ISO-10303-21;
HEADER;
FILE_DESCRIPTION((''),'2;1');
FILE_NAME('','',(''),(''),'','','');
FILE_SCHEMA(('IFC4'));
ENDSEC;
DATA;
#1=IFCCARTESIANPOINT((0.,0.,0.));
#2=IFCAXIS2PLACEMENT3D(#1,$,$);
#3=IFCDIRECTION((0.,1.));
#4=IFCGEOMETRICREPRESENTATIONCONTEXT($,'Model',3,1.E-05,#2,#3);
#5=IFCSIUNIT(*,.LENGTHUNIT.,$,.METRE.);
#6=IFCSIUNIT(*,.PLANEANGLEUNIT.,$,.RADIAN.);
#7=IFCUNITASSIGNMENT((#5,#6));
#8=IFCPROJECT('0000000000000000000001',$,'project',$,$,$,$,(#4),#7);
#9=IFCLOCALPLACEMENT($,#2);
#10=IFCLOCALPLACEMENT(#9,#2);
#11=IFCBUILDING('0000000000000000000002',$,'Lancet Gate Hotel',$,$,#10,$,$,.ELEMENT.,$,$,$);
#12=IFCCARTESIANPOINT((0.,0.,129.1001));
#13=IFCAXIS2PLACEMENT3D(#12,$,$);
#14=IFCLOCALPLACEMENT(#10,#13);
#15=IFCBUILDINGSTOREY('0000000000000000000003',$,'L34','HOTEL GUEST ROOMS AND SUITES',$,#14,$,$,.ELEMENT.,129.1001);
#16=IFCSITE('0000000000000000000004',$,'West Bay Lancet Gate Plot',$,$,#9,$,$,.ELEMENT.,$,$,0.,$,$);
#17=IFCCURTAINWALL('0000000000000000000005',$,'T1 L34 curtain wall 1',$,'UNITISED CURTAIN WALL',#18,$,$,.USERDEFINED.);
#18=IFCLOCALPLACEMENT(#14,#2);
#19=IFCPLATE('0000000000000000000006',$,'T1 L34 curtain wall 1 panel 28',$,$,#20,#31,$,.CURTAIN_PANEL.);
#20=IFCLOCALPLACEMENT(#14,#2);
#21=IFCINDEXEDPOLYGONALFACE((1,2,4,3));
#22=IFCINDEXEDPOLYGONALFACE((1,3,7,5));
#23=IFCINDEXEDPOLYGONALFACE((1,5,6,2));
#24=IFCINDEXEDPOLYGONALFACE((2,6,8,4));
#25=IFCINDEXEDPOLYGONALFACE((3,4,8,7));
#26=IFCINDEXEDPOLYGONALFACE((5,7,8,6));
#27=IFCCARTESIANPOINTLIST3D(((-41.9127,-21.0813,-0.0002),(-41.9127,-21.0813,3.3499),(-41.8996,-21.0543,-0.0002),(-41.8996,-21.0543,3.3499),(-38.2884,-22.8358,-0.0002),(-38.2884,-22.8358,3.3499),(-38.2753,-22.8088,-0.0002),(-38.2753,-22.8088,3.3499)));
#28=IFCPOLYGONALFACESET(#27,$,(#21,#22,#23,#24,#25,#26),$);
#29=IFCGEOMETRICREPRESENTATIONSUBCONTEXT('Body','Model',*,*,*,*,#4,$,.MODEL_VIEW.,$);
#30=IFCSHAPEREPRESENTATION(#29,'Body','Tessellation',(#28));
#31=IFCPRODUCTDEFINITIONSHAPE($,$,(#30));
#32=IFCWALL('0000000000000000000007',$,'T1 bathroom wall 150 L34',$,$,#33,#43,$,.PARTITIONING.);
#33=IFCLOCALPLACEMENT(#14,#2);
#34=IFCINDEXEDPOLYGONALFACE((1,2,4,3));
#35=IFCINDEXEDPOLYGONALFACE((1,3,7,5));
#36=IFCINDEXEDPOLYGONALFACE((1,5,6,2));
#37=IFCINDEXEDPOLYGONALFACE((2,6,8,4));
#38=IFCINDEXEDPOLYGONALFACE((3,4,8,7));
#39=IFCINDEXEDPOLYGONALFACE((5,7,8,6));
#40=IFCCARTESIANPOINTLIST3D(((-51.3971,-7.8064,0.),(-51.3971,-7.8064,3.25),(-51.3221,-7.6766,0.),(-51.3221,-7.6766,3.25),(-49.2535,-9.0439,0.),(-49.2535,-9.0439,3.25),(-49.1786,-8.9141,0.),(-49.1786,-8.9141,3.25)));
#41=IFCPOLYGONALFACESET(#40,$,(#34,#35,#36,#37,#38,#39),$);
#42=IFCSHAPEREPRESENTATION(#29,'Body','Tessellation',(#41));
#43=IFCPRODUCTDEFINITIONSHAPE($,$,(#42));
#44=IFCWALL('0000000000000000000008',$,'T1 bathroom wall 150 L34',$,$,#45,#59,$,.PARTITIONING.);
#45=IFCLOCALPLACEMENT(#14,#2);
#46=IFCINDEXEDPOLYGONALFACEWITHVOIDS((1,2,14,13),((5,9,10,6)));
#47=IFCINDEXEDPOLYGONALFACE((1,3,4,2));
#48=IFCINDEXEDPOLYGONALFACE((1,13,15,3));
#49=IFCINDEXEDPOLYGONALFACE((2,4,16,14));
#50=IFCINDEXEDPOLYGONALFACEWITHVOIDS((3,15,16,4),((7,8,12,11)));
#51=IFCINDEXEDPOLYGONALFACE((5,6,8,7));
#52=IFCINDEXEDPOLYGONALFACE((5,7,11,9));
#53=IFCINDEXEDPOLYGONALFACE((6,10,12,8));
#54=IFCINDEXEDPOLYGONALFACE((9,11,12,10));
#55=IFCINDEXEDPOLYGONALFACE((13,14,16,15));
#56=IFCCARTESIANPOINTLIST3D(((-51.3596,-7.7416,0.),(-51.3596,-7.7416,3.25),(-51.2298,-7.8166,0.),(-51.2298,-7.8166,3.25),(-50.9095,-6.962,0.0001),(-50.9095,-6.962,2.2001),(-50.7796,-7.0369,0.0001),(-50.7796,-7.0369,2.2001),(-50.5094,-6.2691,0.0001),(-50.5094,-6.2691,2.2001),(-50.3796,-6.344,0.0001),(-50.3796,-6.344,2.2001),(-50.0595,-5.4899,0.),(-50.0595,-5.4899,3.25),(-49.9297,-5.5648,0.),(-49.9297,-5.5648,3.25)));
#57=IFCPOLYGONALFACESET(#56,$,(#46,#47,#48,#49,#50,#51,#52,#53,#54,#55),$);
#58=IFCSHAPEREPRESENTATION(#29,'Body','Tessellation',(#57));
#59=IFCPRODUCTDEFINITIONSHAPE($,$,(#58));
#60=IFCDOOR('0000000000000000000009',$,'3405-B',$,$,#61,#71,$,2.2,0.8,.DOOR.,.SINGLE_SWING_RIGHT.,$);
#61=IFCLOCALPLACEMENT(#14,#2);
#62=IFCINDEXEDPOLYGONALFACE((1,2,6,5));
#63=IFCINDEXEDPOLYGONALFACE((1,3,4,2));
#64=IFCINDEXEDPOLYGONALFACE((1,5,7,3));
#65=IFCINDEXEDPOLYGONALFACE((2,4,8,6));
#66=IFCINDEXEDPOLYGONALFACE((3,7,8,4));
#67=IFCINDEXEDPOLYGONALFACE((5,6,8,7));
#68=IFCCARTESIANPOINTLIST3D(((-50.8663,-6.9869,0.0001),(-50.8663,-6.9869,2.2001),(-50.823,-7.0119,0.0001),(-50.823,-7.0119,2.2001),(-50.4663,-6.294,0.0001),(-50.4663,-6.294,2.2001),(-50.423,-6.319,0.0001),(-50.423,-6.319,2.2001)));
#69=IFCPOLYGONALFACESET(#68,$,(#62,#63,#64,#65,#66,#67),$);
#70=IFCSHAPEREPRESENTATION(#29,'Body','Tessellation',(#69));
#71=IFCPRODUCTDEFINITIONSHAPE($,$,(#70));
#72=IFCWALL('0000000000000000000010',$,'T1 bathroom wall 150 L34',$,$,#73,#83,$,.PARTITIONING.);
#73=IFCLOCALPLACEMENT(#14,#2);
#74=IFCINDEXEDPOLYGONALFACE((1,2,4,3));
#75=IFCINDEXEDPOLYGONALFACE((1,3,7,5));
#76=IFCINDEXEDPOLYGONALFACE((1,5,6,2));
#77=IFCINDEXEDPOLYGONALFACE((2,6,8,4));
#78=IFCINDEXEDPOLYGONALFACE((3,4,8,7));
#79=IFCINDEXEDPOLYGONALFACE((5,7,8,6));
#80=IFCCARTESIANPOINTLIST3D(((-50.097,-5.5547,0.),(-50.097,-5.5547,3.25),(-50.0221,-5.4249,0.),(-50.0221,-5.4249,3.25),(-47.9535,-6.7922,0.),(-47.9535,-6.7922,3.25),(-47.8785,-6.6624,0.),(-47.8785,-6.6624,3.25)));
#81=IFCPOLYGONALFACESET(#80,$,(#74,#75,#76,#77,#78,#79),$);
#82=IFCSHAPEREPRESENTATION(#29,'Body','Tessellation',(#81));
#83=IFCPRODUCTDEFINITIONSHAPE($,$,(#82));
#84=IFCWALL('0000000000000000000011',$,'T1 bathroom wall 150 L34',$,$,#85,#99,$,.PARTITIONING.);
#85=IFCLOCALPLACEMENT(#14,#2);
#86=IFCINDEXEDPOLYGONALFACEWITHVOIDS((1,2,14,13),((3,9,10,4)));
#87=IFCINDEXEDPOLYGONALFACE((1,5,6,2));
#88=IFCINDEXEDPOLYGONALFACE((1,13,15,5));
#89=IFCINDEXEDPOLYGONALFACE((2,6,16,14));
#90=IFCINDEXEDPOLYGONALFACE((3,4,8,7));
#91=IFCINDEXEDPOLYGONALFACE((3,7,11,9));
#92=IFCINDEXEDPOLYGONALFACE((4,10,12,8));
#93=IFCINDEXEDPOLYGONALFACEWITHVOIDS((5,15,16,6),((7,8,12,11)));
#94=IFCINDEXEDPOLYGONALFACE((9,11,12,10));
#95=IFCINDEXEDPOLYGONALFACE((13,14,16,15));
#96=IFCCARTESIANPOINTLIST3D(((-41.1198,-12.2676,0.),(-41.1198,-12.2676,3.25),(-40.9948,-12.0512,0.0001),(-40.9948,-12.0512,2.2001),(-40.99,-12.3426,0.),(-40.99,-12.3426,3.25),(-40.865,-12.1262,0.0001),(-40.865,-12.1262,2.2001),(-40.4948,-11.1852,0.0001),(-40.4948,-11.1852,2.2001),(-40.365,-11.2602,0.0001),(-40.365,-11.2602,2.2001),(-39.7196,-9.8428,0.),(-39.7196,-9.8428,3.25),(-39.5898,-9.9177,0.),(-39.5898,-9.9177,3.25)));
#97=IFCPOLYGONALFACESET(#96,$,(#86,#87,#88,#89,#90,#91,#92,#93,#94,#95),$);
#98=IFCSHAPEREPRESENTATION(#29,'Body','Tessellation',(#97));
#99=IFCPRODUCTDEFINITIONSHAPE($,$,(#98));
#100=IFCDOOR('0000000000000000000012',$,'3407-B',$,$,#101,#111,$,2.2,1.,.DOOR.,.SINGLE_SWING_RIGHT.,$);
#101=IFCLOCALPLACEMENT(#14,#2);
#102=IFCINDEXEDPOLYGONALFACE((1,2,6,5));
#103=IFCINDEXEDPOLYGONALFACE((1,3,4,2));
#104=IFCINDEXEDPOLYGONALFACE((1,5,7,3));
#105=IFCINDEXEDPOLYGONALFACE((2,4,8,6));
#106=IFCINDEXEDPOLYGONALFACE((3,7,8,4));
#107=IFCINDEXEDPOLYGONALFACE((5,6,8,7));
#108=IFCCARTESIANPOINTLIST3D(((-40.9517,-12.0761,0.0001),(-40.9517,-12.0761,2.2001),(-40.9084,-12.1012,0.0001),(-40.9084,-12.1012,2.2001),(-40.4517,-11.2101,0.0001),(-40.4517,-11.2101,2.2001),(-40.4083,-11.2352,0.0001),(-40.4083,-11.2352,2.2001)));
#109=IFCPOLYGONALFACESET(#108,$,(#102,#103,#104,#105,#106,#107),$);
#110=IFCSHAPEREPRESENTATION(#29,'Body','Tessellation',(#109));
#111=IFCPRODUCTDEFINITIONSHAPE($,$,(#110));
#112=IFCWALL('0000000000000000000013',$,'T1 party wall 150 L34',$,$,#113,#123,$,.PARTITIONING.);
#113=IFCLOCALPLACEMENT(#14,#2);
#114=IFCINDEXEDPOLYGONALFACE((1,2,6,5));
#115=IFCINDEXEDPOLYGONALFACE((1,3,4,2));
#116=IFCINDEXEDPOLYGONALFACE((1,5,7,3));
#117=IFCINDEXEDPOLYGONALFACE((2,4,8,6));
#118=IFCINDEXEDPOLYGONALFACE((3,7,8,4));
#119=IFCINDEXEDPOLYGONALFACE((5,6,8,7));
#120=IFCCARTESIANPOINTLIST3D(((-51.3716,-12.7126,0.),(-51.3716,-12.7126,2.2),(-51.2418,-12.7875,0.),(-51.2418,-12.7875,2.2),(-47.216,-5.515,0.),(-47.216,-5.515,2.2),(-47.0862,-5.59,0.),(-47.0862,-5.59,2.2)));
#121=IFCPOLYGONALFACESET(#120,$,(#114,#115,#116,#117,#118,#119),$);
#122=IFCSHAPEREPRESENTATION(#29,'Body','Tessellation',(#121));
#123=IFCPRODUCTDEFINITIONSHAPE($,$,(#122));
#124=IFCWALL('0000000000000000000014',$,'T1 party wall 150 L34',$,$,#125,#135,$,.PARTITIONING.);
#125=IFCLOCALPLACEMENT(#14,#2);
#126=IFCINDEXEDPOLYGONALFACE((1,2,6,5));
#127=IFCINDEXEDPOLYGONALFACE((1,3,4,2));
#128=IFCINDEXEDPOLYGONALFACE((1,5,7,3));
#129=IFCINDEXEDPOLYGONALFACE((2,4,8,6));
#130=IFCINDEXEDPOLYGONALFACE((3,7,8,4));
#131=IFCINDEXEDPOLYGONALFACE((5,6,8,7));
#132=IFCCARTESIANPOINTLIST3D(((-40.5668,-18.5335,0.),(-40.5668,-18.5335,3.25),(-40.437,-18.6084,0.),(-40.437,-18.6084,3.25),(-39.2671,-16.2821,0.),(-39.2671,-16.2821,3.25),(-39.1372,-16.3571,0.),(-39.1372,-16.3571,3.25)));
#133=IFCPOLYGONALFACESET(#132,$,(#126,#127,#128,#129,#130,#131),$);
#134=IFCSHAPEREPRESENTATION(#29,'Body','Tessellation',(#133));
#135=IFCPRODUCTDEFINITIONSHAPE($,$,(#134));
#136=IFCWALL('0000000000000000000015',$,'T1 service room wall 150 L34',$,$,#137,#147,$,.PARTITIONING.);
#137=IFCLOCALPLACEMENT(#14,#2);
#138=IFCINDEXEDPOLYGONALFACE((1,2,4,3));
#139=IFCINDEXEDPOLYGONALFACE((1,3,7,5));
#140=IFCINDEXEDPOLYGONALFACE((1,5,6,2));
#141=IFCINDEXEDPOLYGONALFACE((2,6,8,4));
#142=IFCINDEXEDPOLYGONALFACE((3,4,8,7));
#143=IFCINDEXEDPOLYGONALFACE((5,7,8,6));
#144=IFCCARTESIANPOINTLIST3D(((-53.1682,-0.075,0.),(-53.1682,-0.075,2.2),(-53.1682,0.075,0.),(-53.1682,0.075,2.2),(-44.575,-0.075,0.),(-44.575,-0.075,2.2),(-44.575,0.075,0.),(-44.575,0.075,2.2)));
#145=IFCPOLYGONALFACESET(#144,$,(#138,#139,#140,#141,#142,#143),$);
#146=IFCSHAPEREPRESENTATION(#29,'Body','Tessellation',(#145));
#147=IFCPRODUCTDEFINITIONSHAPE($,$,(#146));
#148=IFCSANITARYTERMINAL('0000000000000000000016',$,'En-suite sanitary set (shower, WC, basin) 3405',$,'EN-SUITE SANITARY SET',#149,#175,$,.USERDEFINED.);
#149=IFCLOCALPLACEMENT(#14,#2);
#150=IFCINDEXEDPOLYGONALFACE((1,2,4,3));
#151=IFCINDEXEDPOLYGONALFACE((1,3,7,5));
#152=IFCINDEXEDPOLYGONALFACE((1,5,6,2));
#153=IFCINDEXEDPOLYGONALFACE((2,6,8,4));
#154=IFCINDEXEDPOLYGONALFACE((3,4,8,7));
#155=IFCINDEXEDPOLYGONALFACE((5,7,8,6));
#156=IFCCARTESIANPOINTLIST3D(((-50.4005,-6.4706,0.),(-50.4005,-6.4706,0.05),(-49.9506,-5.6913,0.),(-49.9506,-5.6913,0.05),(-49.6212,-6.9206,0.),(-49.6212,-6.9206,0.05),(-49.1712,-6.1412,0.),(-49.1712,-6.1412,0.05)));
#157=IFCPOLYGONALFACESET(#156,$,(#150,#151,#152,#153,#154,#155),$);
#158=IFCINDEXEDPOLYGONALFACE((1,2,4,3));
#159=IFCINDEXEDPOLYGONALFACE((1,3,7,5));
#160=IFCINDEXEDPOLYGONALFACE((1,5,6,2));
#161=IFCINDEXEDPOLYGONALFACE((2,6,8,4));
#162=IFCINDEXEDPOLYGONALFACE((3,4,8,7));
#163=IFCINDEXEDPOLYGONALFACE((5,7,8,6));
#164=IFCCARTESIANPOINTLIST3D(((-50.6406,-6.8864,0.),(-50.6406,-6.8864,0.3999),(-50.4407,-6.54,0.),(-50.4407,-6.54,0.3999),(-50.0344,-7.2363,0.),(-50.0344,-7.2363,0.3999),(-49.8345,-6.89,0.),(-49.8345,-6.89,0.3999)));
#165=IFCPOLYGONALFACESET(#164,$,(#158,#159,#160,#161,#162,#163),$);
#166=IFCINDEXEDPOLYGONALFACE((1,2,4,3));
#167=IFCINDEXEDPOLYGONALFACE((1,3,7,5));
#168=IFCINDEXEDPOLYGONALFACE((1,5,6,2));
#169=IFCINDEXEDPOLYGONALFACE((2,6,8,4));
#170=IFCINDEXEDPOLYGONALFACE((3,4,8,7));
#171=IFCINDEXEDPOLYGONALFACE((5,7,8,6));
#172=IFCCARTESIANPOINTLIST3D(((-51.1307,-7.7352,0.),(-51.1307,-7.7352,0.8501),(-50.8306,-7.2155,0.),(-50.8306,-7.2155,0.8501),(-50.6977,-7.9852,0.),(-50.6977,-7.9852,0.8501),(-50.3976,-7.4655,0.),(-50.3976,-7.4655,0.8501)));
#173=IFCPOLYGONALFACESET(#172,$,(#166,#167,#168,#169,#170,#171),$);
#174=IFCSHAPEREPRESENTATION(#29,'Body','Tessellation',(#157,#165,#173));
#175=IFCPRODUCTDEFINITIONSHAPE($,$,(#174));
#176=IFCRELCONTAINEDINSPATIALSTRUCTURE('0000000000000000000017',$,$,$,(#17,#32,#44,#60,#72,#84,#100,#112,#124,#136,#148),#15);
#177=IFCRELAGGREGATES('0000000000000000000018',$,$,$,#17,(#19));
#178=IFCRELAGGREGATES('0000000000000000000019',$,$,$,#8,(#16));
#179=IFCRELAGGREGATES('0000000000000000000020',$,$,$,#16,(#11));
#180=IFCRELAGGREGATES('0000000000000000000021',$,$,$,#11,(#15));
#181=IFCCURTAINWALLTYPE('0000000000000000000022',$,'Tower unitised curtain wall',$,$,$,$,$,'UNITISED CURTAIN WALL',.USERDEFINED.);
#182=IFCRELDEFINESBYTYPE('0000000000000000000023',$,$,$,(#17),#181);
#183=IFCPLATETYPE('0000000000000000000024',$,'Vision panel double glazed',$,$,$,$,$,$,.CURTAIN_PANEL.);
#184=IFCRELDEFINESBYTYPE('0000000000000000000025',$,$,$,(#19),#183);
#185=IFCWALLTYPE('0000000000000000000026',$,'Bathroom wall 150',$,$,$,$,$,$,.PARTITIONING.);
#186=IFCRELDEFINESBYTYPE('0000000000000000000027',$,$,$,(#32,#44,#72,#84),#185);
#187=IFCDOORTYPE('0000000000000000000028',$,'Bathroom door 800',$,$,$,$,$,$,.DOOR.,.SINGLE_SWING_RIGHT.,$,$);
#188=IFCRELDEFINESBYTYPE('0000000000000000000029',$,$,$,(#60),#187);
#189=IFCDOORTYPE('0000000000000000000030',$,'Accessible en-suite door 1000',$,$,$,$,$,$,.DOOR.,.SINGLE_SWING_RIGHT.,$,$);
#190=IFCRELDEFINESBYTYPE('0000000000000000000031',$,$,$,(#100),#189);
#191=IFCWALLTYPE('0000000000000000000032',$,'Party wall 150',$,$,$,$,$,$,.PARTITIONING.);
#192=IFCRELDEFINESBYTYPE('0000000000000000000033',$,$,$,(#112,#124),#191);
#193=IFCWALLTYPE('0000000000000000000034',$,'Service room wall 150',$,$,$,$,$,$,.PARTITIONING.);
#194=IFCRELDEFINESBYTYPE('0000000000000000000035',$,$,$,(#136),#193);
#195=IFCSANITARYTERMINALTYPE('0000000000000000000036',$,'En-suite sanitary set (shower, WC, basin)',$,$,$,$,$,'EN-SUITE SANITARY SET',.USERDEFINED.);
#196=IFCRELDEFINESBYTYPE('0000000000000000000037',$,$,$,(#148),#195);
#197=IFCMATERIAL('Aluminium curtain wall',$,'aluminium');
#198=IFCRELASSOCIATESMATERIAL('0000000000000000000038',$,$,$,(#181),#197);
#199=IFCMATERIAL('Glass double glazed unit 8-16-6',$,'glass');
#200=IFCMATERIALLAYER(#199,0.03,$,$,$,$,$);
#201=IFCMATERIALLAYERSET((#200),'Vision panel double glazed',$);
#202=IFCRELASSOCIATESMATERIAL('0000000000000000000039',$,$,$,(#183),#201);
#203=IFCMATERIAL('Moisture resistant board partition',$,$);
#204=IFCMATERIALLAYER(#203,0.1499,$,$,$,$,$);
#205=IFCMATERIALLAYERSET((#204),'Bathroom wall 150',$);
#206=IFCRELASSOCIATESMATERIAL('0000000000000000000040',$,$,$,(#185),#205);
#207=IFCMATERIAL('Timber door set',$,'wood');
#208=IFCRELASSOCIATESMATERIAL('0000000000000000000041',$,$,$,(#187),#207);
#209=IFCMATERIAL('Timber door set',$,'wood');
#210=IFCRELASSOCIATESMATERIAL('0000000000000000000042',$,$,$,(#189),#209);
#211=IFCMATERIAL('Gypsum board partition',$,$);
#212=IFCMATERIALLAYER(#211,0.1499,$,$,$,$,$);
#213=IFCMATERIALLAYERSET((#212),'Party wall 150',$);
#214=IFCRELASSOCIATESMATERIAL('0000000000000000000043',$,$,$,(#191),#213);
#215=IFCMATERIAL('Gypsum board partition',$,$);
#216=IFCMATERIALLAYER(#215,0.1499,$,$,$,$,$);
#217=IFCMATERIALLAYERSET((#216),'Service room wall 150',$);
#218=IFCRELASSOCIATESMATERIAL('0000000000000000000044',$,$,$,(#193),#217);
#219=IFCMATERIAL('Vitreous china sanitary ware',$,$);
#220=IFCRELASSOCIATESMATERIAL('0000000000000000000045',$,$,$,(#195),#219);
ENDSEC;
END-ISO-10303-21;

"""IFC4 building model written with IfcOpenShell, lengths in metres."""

from ifc_helpers import new_model, si_unit, direction, frame, frame_2d, origin, origin_2d, place, context, subcontext, project, spatial, rectangle, extrude, material, layer, layer_set, type_object, element, fill, aggregate, save


model = new_model("IFC4")

# Units and contexts
model_context = context("Model", 3, precision=1e-05, world=origin(), true_north=direction((0.0, 1.0)))
body_context = subcontext(model_context, "Body", "Model", "MODEL_VIEW")
ifc_project = project(units=[si_unit("LENGTHUNIT", "METRE"), si_unit("PLANEANGLEUNIT", "RADIAN")], contexts=[model_context])

# Site, building, storey
site_placement = place(None, origin())
site = spatial("IfcSite", under=ifc_project, at=site_placement, Name="West Bay Lancet Gate Plot", CompositionType="ELEMENT", RefElevation=0.0)
building_placement = place(site_placement, origin())
building = spatial("IfcBuilding", under=site, at=building_placement, Name="Lancet Gate Hotel", CompositionType="ELEMENT")
storey_placement = place(building_placement, frame((0.0, 0.0, 129.1001)))
storey = spatial("IfcBuildingStorey", under=building, at=storey_placement, Name="L34", Description="HOTEL GUEST ROOMS AND SUITES", CompositionType="ELEMENT", Elevation=129.1001)

# Curtain wall
ifc_material_1 = material(Name="Aluminium curtain wall", Category="aluminium")
curtain_wall_type = type_object("IfcCurtainWallType", Name="Tower unitised curtain wall", ElementType="UNITISED CURTAIN WALL", PredefinedType="USERDEFINED", material=ifc_material_1)
curtain_wall_placement = place(storey_placement, origin())
curtain_wall = element("IfcCurtainWall", 1, at=curtain_wall_placement, inside=storey, type_object=curtain_wall_type, Name="T1 L34 curtain wall 1", ObjectType="UNITISED CURTAIN WALL", PredefinedType="USERDEFINED")

# Plate
ifc_material_2 = material(Name="Glass double glazed unit 8-16-6", Category="glass")
ifc_layer_1 = layer(ifc_material_2, 0.03)
ifc_layer_set_1 = layer_set([ifc_layer_1], Name="Vision panel double glazed")
plate_type = type_object("IfcPlateType", Name="Vision panel double glazed", PredefinedType="CURTAIN_PANEL", material=ifc_layer_set_1)
plate_1_placement = place(storey_placement, frame((-40.094, -21.9451, -0.0002), z_axis=(0.0, 0.0, 1.0), x_axis=(0.900082, -0.435721, 0.0)))
plate_1 = element("IfcPlate", 2, at=plate_1_placement, type_object=plate_type, Name="T1 L34 curtain wall 1 panel 28", PredefinedType="CURTAIN_PANEL", context=body_context, shape_type="SweptSolid", body=[
    extrude(rectangle(XDim=4.0266, YDim=0.03, at=origin_2d()), origin(), (0.0, 0.0, 1.0), 3.3501),
])
aggregate(curtain_wall, [plate_1])

# Wall
ifc_material_3 = material(Name="Moisture resistant board partition")
ifc_layer_2 = layer(ifc_material_3, 0.1499)
ifc_layer_set_2 = layer_set([ifc_layer_2], Name="Bathroom wall 150")
wall_type_1 = type_object("IfcWallType", Name="Bathroom wall 150", PredefinedType="PARTITIONING", material=ifc_layer_set_2)
wall_1_placement = place(storey_placement, frame((-49.2161, -8.979, 0.0), z_axis=(0.0, 0.0, 1.0), x_axis=(-0.866031, 0.49999, 0.0)))
element("IfcWall", 3, at=wall_1_placement, inside=storey, type_object=wall_type_1, Name="T1 bathroom wall 150 L34", PredefinedType="PARTITIONING", context=body_context, shape_type="SweptSolid", body=[
    extrude(rectangle(XDim=2.4751, YDim=0.1499, at=frame_2d((1.2375, 0.0))), origin(), (0.0, 0.0, 1.0), 3.25),
])

# Wall, opening, door
wall_2_placement = place(storey_placement, frame((-49.9946, -5.5273, 0.0), z_axis=(0.0, 0.0, 1.0), x_axis=(-0.500007, -0.866021, 0.0)))
wall_2 = element("IfcWall", 4, at=wall_2_placement, inside=storey, type_object=wall_type_1, Name="T1 bathroom wall 150 L34", PredefinedType="PARTITIONING", context=body_context, shape_type="SweptSolid", body=[
    extrude(rectangle(XDim=2.6001, YDim=0.1499, at=frame_2d((1.3, 0.0))), origin(), (0.0, 0.0, 1.0), 3.25),
])
opening_1_placement = place(wall_2_placement, frame((0.8999, 0.0, 0.0)))
opening_1 = element("IfcOpeningElement", 5, at=opening_1_placement, cuts=wall_2, PredefinedType="OPENING", context=body_context, shape_type="SweptSolid", body=[
    extrude(rectangle(XDim=0.8, YDim=2.2, at=frame_2d((0.3999, 1.1001))), frame((0.0, 0.085, 0.0), z_axis=(0.0, -1.0, 0.0), x_axis=(1.0, 0.0, 0.0)), (0.0, 0.0, 1.0), 0.1699),
])
ifc_material_4 = material(Name="Timber door set", Category="wood")
door_type_1 = type_object("IfcDoorType", Name="Bathroom door 800", OperationType="SINGLE_SWING_RIGHT", PredefinedType="DOOR", material=ifc_material_4)
door_1_placement = place(opening_1_placement, origin())
door_1 = element("IfcDoor", 6, at=door_1_placement, inside=storey, type_object=door_type_1, Name="3405-B", OperationType="SINGLE_SWING_RIGHT", OverallHeight=2.2, OverallWidth=0.8, PredefinedType="DOOR", context=body_context, shape_type="SweptSolid", body=[
    extrude(rectangle(XDim=0.8, YDim=2.2, at=frame_2d((0.3999, 1.1001))), frame((0.0, 0.0249, 0.0), z_axis=(0.0, -1.0, 0.0), x_axis=(1.0, 0.0, 0.0)), (0.0, 0.0, 1.0), 0.05),
])
fill(opening_1, door_1)

# Wall
wall_3_placement = place(storey_placement, frame((-47.916, -6.7273, 0.0), z_axis=(0.0, 0.0, 1.0), x_axis=(-0.866031, 0.49999, 0.0)))
element("IfcWall", 7, at=wall_3_placement, inside=storey, type_object=wall_type_1, Name="T1 bathroom wall 150 L34", PredefinedType="PARTITIONING", context=body_context, shape_type="SweptSolid", body=[
    extrude(rectangle(XDim=2.4751, YDim=0.1499, at=frame_2d((1.2375, 0.0))), origin(), (0.0, 0.0, 1.0), 3.25),
])

# Wall, opening, door
wall_4_placement = place(storey_placement, frame((-39.6548, -9.8804, 0.0), z_axis=(0.0, 0.0, 1.0), x_axis=(-0.50005, -0.865997, 0.0)))
wall_4 = element("IfcWall", 8, at=wall_4_placement, inside=storey, type_object=wall_type_1, Name="T1 bathroom wall 150 L34", PredefinedType="PARTITIONING", context=body_context, shape_type="SweptSolid", body=[
    extrude(rectangle(XDim=2.8, YDim=0.1499, at=frame_2d((1.3999, 0.0))), origin(), (0.0, 0.0, 1.0), 3.25),
])
opening_2_placement = place(wall_4_placement, frame((1.55, 0.0, 0.0)))
opening_2 = element("IfcOpeningElement", 9, at=opening_2_placement, cuts=wall_4, PredefinedType="OPENING", context=body_context, shape_type="SweptSolid", body=[
    extrude(rectangle(XDim=1.0, YDim=2.2, at=frame_2d((0.5, 1.1001))), frame((0.0, 0.085, 0.0), z_axis=(0.0, -1.0, 0.0), x_axis=(1.0, 0.0, 0.0)), (0.0, 0.0, 1.0), 0.1699),
])
ifc_material_5 = material(Name="Timber door set", Category="wood")
door_type_2 = type_object("IfcDoorType", Name="Accessible en-suite door 1000", OperationType="SINGLE_SWING_RIGHT", PredefinedType="DOOR", material=ifc_material_5)
door_2_placement = place(opening_2_placement, origin())
door_2 = element("IfcDoor", 10, at=door_2_placement, inside=storey, type_object=door_type_2, Name="3407-B", OperationType="SINGLE_SWING_RIGHT", OverallHeight=2.2, OverallWidth=1.0, PredefinedType="DOOR", context=body_context, shape_type="SweptSolid", body=[
    extrude(rectangle(XDim=1.0, YDim=2.2, at=frame_2d((0.5, 1.1001))), frame((0.0, 0.0249, 0.0), z_axis=(0.0, -1.0, 0.0), x_axis=(1.0, 0.0, 0.0)), (0.0, 0.0, 1.0), 0.05),
])
fill(opening_2, door_2)

# Walls
ifc_material_6 = material(Name="Gypsum board partition")
ifc_layer_3 = layer(ifc_material_6, 0.1499)
ifc_layer_set_3 = layer_set([ifc_layer_3], Name="Party wall 150")
wall_type_2 = type_object("IfcWallType", Name="Party wall 150", PredefinedType="PARTITIONING", material=ifc_layer_set_3)
wall_5_placement = place(storey_placement, frame((-47.1511, -5.5525, 0.0), z_axis=(0.0, 0.0, 1.0), x_axis=(-0.500003, -0.866024, 0.0)))
element("IfcWall", 11, at=wall_5_placement, inside=storey, type_object=wall_type_2, Name="T1 party wall 150 L34", PredefinedType="PARTITIONING", context=body_context, shape_type="SweptSolid", body=[
    extrude(rectangle(XDim=8.311, YDim=0.1499, at=frame_2d((4.1555, 0.0))), origin(), (0.0, 0.0, 1.0), 2.2),
])
wall_6_placement = place(storey_placement, frame((-39.2021, -16.3196, 0.0), z_axis=(0.0, 0.0, 1.0), x_axis=(-0.499977, -0.866039, 0.0)))
element("IfcWall", 12, at=wall_6_placement, inside=storey, type_object=wall_type_2, Name="T1 party wall 150 L34", PredefinedType="PARTITIONING", context=body_context, shape_type="SweptSolid", body=[
    extrude(rectangle(XDim=2.5996, YDim=0.1499, at=frame_2d((1.2998, 0.0))), origin(), (0.0, 0.0, 1.0), 3.25),
])
ifc_material_7 = material(Name="Gypsum board partition")
ifc_layer_4 = layer(ifc_material_7, 0.1499)
ifc_layer_set_4 = layer_set([ifc_layer_4], Name="Service room wall 150")
wall_type_3 = type_object("IfcWallType", Name="Service room wall 150", PredefinedType="PARTITIONING", material=ifc_layer_set_4)
wall_7_placement = place(storey_placement, frame((-44.575, 0.0, 0.0), z_axis=(0.0, 0.0, 1.0), x_axis=(-1.0, 0.0, 0.0)))
element("IfcWall", 13, at=wall_7_placement, inside=storey, type_object=wall_type_3, Name="T1 service room wall 150 L34", PredefinedType="PARTITIONING", context=body_context, shape_type="SweptSolid", body=[
    extrude(rectangle(XDim=8.5933, YDim=0.1499, at=frame_2d((4.2966, 0.0))), origin(), (0.0, 0.0, 1.0), 2.2),
])

# Sanitary terminal
ifc_material_8 = material(Name="Vitreous china sanitary ware")
sanitary_terminal_type_1 = type_object("IfcSanitaryTerminalType", Name="En-suite sanitary set (shower, WC, basin)", ElementType="EN-SUITE SANITARY SET", PredefinedType="USERDEFINED", material=ifc_material_8)
sanitary_terminal_1_placement = place(storey_placement, frame((-49.7859, -6.3059, 0.0), z_axis=(0.0, 0.0, 1.0), x_axis=(1.0, 0.0, 0.0)))
element("IfcSanitaryTerminal", 14, at=sanitary_terminal_1_placement, inside=storey, type_object=sanitary_terminal_type_1, Name="En-suite sanitary set (shower, WC, basin) 3405", ObjectType="EN-SUITE SANITARY SET", PredefinedType="USERDEFINED", context=body_context, shape_type="SweptSolid", body=[
    extrude(rectangle(XDim=0.8999, YDim=0.8999, at=origin_2d()), frame((0.0, 0.0, 0.0), z_axis=(0.0, 0.0, 1.0), x_axis=(0.5, 0.866025, 0.0)), (0.0, 0.0, 1.0), 0.05),
    extrude(rectangle(XDim=0.3999, YDim=0.7, at=origin_2d()), frame((-0.4517, -0.5823, 0.0), z_axis=(0.0, 0.0, 1.0), x_axis=(0.5, 0.866025, 0.0)), (0.0, 0.0, 1.0), 0.3999),
    extrude(rectangle(XDim=0.6001, YDim=0.5, at=origin_2d()), frame((-0.9783, -1.2944, 0.0), z_axis=(0.0, 0.0, 1.0), x_axis=(0.5, 0.866025, 0.0)), (0.0, 0.0, 1.0), 0.8501),
])

save(model, "model.ifc")
